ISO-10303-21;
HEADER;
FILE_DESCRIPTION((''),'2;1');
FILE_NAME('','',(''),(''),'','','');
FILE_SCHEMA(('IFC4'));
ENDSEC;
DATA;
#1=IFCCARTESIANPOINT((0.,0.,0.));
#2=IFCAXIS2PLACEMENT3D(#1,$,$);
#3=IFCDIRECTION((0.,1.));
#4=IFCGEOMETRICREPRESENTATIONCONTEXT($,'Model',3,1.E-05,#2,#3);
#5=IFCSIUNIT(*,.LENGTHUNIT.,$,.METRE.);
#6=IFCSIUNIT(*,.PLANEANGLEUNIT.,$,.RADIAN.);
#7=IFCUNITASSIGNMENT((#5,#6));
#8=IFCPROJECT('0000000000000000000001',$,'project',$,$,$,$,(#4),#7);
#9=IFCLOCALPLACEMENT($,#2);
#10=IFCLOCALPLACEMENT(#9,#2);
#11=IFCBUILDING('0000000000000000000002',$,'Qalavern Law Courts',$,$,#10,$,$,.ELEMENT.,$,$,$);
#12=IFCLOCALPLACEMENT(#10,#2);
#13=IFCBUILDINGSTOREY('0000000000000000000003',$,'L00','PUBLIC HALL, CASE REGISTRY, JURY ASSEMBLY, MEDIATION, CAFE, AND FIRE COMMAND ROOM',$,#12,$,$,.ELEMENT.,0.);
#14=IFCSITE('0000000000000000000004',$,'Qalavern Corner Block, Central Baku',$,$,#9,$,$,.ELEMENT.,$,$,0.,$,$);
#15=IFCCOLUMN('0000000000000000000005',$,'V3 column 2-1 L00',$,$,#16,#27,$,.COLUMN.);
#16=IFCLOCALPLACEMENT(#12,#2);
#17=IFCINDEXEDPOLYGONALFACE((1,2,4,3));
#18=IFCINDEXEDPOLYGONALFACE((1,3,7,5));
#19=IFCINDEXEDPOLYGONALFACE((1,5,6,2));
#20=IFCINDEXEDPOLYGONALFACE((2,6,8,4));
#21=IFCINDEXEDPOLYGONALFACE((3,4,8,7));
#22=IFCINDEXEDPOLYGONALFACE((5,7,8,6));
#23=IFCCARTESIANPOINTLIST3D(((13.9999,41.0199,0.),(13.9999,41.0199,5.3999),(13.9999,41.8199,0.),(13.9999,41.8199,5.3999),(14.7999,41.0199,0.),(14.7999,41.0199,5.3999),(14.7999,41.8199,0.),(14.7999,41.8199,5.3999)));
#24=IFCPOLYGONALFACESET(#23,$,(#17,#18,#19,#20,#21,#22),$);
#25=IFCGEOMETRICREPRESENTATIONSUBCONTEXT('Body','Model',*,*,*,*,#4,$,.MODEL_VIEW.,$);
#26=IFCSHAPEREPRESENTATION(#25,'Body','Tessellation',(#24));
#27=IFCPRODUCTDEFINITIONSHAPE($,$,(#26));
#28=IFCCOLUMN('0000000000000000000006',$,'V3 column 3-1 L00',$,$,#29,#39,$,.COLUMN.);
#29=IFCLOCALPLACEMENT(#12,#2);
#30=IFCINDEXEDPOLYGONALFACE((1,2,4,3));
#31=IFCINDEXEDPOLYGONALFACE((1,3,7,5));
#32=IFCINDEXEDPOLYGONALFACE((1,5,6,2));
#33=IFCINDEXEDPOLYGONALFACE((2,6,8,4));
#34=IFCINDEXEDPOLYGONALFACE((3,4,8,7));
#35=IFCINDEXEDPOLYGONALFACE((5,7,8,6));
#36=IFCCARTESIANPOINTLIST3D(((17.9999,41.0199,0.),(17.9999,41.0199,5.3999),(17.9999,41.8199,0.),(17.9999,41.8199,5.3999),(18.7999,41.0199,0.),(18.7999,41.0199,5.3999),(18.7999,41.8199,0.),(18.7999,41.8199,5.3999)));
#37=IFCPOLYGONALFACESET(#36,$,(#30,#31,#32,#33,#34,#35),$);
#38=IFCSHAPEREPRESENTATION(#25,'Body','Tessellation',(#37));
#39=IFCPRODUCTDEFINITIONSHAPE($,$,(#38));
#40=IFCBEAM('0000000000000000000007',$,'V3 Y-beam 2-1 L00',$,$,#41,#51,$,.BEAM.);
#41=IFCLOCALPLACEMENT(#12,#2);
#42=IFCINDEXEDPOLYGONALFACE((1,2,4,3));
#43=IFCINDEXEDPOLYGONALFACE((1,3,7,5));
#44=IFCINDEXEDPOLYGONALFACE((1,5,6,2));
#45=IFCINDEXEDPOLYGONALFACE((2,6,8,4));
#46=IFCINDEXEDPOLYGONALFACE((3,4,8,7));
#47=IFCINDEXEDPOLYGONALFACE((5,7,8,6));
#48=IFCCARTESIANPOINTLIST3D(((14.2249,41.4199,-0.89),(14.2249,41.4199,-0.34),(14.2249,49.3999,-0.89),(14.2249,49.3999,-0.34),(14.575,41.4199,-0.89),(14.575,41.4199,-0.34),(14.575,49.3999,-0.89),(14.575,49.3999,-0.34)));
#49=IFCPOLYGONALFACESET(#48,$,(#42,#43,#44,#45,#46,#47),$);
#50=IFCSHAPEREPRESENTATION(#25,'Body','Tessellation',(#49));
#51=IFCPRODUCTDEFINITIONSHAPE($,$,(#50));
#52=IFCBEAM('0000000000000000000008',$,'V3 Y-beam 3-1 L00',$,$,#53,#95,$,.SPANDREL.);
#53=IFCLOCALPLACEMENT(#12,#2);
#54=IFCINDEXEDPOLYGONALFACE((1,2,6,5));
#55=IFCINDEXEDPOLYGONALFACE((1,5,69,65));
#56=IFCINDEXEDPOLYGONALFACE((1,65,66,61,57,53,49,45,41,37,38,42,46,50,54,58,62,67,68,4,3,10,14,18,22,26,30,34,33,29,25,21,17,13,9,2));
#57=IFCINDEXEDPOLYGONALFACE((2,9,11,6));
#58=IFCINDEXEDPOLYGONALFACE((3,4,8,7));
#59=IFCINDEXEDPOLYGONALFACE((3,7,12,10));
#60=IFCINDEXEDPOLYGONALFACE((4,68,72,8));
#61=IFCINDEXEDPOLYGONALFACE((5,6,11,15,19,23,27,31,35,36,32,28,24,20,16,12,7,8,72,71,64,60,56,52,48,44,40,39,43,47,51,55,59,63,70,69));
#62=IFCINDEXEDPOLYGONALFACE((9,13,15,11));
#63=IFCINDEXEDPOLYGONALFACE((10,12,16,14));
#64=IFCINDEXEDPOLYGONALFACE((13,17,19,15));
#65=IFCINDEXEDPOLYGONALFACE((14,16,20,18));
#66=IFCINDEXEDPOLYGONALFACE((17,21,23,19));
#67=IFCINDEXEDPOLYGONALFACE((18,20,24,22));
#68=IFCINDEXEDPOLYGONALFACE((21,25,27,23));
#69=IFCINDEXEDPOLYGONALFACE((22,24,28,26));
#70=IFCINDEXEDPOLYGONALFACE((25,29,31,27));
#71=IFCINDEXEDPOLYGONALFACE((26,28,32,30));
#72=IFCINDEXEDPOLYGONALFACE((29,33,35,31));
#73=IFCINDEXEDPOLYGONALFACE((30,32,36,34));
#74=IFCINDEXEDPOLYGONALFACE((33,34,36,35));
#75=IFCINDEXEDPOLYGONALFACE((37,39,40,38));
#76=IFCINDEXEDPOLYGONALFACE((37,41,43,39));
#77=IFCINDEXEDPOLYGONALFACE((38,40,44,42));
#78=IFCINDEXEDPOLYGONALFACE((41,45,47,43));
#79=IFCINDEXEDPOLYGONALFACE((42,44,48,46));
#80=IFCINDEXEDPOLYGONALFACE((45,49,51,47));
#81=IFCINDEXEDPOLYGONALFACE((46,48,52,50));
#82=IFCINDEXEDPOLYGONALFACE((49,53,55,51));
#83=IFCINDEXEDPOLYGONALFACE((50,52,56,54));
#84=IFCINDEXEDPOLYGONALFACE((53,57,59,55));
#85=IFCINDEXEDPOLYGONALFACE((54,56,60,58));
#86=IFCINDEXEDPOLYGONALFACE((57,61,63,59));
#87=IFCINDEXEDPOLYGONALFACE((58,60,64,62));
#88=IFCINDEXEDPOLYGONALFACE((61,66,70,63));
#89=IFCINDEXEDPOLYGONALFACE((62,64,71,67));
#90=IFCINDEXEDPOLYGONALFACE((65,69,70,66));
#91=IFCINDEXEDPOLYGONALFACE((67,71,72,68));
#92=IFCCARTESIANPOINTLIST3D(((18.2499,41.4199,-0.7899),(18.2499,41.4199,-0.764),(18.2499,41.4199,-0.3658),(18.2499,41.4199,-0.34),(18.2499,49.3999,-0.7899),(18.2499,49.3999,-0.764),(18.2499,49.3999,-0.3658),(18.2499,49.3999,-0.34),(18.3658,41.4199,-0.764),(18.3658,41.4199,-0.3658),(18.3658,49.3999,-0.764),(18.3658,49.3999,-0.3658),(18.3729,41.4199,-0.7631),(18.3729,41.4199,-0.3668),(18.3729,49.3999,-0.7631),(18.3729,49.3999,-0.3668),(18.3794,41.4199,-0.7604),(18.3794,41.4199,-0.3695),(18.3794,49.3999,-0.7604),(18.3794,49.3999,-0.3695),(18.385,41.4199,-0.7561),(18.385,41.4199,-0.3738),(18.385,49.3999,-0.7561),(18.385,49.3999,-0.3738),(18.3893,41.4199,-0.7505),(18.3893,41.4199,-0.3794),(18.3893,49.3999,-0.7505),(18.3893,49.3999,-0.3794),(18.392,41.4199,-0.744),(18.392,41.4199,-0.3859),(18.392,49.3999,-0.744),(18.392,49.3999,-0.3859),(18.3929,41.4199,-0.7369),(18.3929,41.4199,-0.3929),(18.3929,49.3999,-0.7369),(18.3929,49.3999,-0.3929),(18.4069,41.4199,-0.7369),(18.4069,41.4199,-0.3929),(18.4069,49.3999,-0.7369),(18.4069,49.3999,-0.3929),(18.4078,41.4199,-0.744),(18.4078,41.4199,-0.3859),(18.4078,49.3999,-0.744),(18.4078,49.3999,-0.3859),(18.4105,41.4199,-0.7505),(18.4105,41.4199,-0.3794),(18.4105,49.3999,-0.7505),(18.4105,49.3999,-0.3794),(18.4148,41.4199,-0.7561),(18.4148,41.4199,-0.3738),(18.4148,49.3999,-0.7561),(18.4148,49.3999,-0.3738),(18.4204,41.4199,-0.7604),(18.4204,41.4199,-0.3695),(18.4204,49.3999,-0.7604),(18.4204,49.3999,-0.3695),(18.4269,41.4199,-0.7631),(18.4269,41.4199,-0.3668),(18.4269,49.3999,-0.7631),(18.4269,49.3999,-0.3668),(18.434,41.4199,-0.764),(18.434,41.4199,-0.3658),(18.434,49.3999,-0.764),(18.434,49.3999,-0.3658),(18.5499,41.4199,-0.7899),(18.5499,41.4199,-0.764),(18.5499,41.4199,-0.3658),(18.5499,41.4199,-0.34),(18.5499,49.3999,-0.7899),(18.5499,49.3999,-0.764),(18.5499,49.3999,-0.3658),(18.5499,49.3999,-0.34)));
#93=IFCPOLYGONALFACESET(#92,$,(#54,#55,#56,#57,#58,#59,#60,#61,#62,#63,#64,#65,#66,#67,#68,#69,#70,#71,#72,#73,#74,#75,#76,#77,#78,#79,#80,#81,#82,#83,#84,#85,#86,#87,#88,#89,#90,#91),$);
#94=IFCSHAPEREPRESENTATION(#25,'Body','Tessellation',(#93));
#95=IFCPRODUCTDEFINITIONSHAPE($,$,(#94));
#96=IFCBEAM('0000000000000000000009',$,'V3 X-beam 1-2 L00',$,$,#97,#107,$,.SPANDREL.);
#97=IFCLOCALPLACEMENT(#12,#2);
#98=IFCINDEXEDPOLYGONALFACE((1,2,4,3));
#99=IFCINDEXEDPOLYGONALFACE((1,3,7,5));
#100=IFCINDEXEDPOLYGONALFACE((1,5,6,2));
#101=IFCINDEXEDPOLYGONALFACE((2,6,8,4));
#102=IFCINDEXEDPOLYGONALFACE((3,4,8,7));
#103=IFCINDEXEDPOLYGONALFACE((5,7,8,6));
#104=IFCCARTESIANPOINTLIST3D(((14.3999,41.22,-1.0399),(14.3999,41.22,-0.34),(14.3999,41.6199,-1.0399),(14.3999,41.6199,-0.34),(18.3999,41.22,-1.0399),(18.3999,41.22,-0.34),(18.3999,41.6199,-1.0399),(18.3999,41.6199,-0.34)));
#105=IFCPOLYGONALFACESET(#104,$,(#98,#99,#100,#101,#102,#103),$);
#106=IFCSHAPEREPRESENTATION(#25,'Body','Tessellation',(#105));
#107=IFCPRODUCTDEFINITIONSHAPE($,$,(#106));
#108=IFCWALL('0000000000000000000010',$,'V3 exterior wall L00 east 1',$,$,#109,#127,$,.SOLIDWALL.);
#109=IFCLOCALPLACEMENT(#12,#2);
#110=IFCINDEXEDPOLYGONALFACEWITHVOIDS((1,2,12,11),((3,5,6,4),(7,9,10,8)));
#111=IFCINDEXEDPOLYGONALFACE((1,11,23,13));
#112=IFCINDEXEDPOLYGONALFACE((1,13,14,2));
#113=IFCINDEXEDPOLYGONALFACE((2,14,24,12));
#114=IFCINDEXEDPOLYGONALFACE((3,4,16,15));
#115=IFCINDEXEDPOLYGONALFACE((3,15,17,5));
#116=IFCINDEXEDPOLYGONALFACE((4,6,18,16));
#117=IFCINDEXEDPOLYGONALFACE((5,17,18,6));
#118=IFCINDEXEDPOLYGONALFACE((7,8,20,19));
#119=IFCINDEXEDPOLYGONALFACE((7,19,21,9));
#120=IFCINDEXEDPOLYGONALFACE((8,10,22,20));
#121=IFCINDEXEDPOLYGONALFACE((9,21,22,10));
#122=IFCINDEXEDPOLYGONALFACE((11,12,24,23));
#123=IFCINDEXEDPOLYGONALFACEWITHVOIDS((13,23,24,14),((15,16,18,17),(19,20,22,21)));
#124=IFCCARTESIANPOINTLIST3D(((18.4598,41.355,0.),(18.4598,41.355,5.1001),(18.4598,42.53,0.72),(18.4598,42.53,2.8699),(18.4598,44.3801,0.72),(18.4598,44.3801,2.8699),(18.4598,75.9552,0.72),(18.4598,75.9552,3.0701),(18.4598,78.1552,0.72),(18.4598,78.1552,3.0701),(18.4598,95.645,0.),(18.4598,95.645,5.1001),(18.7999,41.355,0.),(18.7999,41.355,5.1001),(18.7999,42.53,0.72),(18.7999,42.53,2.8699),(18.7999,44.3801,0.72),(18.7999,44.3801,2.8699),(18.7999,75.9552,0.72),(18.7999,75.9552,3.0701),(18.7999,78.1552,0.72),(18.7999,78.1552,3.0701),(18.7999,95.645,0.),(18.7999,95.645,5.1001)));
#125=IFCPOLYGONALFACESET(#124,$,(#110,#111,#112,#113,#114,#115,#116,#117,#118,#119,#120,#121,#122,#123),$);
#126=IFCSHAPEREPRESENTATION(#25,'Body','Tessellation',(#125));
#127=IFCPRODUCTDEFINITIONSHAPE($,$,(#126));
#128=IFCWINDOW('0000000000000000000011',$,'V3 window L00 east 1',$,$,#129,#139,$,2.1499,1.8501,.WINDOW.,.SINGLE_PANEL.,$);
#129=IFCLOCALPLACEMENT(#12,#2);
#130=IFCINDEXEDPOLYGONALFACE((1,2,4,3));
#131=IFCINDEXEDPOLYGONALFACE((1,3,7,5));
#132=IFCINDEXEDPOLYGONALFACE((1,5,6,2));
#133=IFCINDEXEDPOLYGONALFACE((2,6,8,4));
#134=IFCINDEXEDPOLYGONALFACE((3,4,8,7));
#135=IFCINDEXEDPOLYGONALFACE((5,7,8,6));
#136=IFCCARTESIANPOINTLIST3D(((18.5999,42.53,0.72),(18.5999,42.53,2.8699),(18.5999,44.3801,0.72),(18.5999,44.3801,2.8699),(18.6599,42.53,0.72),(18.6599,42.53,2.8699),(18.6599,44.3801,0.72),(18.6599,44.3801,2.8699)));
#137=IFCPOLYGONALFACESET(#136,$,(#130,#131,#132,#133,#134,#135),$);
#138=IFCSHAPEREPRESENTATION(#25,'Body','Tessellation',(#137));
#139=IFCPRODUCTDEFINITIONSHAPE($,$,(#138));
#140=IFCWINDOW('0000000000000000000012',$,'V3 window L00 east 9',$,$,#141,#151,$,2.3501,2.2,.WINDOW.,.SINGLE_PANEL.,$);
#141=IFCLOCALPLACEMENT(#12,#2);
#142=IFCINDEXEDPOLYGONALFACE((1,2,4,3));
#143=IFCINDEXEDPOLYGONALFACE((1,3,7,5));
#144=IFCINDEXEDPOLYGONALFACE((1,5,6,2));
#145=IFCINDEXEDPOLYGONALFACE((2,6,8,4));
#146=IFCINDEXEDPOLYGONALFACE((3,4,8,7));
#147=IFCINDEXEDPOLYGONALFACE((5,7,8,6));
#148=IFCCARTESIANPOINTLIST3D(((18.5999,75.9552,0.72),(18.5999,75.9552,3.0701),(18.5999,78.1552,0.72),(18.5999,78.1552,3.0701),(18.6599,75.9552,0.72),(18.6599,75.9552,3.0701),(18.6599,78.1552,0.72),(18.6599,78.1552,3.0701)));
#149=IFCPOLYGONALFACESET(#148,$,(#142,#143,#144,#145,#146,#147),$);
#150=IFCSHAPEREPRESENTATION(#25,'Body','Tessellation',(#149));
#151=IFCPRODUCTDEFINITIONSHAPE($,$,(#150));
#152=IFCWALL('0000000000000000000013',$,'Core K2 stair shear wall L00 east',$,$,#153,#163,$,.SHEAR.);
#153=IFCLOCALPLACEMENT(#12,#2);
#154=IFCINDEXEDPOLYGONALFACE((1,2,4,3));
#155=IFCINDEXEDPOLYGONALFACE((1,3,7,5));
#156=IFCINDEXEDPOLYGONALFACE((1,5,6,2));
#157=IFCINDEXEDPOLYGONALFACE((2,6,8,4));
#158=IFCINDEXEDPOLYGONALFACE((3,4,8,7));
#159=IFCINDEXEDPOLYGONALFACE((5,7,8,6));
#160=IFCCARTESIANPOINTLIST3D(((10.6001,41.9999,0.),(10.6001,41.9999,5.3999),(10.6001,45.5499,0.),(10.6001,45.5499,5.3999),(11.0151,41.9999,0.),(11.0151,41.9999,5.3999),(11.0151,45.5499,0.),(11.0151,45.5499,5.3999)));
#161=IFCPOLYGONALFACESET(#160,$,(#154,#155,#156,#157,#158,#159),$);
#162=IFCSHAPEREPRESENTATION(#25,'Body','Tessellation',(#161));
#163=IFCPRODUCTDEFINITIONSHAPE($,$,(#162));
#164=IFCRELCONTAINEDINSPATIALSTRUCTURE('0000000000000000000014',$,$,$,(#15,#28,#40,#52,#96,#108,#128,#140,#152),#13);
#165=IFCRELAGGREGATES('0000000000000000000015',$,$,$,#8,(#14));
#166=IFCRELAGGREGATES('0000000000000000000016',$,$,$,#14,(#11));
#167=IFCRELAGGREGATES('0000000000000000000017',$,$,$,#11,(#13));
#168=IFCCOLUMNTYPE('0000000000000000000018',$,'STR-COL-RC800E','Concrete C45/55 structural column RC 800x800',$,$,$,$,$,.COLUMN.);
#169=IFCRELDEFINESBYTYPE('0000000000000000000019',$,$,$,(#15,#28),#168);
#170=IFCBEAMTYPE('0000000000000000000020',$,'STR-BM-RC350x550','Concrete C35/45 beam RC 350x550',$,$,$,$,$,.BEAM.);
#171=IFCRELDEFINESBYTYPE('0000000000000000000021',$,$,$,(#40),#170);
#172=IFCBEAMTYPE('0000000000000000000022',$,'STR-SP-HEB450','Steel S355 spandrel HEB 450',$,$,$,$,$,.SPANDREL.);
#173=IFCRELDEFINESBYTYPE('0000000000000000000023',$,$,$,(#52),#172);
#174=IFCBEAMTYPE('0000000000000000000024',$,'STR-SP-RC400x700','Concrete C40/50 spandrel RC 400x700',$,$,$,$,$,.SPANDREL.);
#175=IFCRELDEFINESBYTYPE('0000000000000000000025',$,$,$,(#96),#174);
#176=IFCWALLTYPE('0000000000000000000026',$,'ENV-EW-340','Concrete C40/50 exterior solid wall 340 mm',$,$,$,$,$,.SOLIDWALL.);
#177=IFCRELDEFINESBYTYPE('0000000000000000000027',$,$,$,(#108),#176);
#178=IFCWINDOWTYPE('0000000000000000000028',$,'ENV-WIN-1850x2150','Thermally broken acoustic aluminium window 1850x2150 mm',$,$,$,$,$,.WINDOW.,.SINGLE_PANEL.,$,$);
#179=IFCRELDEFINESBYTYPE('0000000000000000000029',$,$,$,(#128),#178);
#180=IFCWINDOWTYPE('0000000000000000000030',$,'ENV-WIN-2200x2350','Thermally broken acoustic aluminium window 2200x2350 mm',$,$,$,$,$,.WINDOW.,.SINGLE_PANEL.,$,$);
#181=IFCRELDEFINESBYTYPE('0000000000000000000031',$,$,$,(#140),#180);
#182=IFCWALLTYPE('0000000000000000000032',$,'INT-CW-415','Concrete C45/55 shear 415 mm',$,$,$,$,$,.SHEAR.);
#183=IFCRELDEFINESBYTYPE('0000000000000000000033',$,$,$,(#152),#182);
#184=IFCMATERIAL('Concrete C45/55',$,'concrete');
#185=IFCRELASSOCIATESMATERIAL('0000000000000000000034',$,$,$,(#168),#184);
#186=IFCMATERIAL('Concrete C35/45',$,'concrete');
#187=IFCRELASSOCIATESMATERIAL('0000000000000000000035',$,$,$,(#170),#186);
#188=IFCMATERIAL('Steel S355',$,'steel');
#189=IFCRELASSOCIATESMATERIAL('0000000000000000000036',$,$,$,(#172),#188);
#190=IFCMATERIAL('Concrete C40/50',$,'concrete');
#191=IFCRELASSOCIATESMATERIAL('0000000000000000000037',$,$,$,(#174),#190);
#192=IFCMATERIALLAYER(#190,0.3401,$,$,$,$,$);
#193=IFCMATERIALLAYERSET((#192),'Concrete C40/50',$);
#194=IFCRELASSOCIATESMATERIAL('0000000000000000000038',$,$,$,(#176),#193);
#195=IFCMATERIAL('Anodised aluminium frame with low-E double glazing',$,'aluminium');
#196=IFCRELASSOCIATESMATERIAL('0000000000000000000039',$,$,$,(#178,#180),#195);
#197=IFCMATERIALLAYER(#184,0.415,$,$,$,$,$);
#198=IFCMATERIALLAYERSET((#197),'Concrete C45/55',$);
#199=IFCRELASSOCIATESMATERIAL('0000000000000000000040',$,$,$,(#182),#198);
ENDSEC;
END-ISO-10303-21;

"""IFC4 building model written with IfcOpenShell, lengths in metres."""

from ifc_helpers import new_model, si_unit, direction, frame, frame_2d, origin, origin_2d, place, context, subcontext, project, spatial, rectangle, i_section, extrude, material, layer, layer_set, material_profile, profile_set, type_object, element, fill, save


model = new_model("IFC4")

# Units and contexts
model_context = context("Model", 3, precision=1e-05, world=origin(), true_north=direction((0.0, 1.0)))
body_context = subcontext(model_context, "Body", "Model", "MODEL_VIEW")
ifc_project = project(units=[si_unit("LENGTHUNIT", "METRE"), si_unit("PLANEANGLEUNIT", "RADIAN")], contexts=[model_context])

# Site, building, storey
site_placement = place(None, origin())
site = spatial("IfcSite", under=ifc_project, at=site_placement, Name="Qalavern Corner Block, Central Baku", CompositionType="ELEMENT", RefElevation=0.0)
building_placement = place(site_placement, origin())
building = spatial("IfcBuilding", under=site, at=building_placement, Name="Qalavern Law Courts", CompositionType="ELEMENT")
storey_placement = place(building_placement, origin())
storey = spatial("IfcBuildingStorey", under=building, at=storey_placement, Name="L00", Description="PUBLIC HALL, CASE REGISTRY, JURY ASSEMBLY, MEDIATION, CAFE, AND FIRE COMMAND ROOM", CompositionType="ELEMENT", Elevation=0.0)

# Columns
ifc_material_1 = material(Name="Concrete C45/55", Category="concrete")
ifc_material_profile_1 = material_profile(ifc_material_1, rectangle(XDim=0.8, YDim=0.8, at=origin_2d()), Name="RC 800x800")
ifc_profile_set_1 = profile_set([ifc_material_profile_1], Name="Concrete C45/55")
column_type = type_object("IfcColumnType", Name="STR-COL-RC800E", Description="Concrete C45/55 structural column RC 800x800", PredefinedType="COLUMN", material=ifc_profile_set_1)
for number, where, z_axis, x_axis, name in (
    (1, (14.3999, 41.4199, 0.0), (0.0, 0.0, 1.0), (1.0, 0.0, 0.0), "V3 column 2-1 L00"),
    (2, (18.3999, 41.4199, 0.0), (0.0, 0.0, 1.0), (1.0, 0.0, 0.0), "V3 column 3-1 L00"),
):
    element("IfcColumn", number, at=place(storey_placement, frame(where, z_axis=z_axis, x_axis=x_axis)), inside=storey, type_object=column_type, Name=name, PredefinedType="COLUMN", context=body_context, shape_type="SweptSolid", body=[
        extrude(rectangle(XDim=0.8, YDim=0.8, at=origin_2d()), origin(), (0.0, 0.0, 1.0), 5.3999),
    ])

# Beams
ifc_material_2 = material(Name="Concrete C35/45", Category="concrete")
ifc_material_profile_2 = material_profile(ifc_material_2, rectangle(XDim=0.3501, YDim=0.55, at=origin_2d()), Name="RC 350x550")
ifc_profile_set_2 = profile_set([ifc_material_profile_2], Name="Concrete C35/45")
beam_type_1 = type_object("IfcBeamType", Name="STR-BM-RC350x550", Description="Concrete C35/45 beam RC 350x550", PredefinedType="BEAM", material=ifc_profile_set_2)
beam_1_placement = place(storey_placement, frame((14.3999, 41.4199, -0.615), z_axis=(0.0, 1.0, 0.0), x_axis=(-1.0, 0.0, 0.0)))
element("IfcBeam", 3, at=beam_1_placement, inside=storey, type_object=beam_type_1, Name="V3 Y-beam 2-1 L00", PredefinedType="BEAM", context=body_context, shape_type="SweptSolid", body=[
    extrude(rectangle(XDim=0.3501, YDim=0.55, at=origin_2d()), origin(), (0.0, 0.0, 1.0), 7.98),
])
ifc_material_3 = material(Name="Steel S355", Category="steel")
ifc_material_profile_3 = material_profile(ifc_material_3, i_section(OverallWidth=0.3, OverallDepth=0.45, WebThickness=0.0139, FlangeThickness=0.0259, FilletRadius=0.0271, at=origin_2d()), Name="HEB 450")
ifc_profile_set_3 = profile_set([ifc_material_profile_3], Name="Steel S355")
beam_type_2 = type_object("IfcBeamType", Name="STR-SP-HEB450", Description="Steel S355 spandrel HEB 450", PredefinedType="SPANDREL", material=ifc_profile_set_3)
beam_2_placement = place(storey_placement, frame((18.3999, 41.4199, -0.5649), z_axis=(0.0, 1.0, 0.0), x_axis=(-1.0, 0.0, 0.0)))
element("IfcBeam", 4, at=beam_2_placement, inside=storey, type_object=beam_type_2, Name="V3 Y-beam 3-1 L00", PredefinedType="SPANDREL", context=body_context, shape_type="SweptSolid", body=[
    extrude(i_section(OverallWidth=0.3, OverallDepth=0.45, WebThickness=0.0139, FlangeThickness=0.0259, FilletRadius=0.0271, at=origin_2d()), origin(), (0.0, 0.0, 1.0), 7.98),
])
ifc_material_4 = material(Name="Concrete C40/50", Category="concrete")
ifc_material_profile_4 = material_profile(ifc_material_4, rectangle(XDim=0.3999, YDim=0.7, at=origin_2d()), Name="RC 400x700")
ifc_profile_set_4 = profile_set([ifc_material_profile_4], Name="Concrete C40/50")
beam_type_3 = type_object("IfcBeamType", Name="STR-SP-RC400x700", Description="Concrete C40/50 spandrel RC 400x700", PredefinedType="SPANDREL", material=ifc_profile_set_4)
beam_3_placement = place(storey_placement, frame((14.3999, 41.4199, -0.6899), z_axis=(1.0, 0.0, 0.0), x_axis=(0.0, 1.0, 0.0)))
element("IfcBeam", 5, at=beam_3_placement, inside=storey, type_object=beam_type_3, Name="V3 X-beam 1-2 L00", PredefinedType="SPANDREL", context=body_context, shape_type="SweptSolid", body=[
    extrude(rectangle(XDim=0.3999, YDim=0.7, at=origin_2d()), origin(), (0.0, 0.0, 1.0), 4.0),
])

# Wall, openings, windows
ifc_layer_1 = layer(ifc_material_4, 0.3401)
ifc_layer_set_1 = layer_set([ifc_layer_1], Name="Concrete C40/50")
wall_type_1 = type_object("IfcWallType", Name="ENV-EW-340", Description="Concrete C40/50 exterior solid wall 340 mm", PredefinedType="SOLIDWALL", material=ifc_layer_set_1)
wall_1_placement = place(storey_placement, frame((18.6299, 41.355, 0.0), z_axis=(0.0, 0.0, 1.0), x_axis=(0.0, 1.0, 0.0)))
wall_1 = element("IfcWall", 6, at=wall_1_placement, inside=storey, type_object=wall_type_1, Name="V3 exterior wall L00 east 1", PredefinedType="SOLIDWALL", context=body_context, shape_type="SweptSolid", body=[
    extrude(rectangle(XDim=54.29, YDim=0.3401, at=frame_2d((27.145, 0.0))), origin(), (0.0, 0.0, 1.0), 5.1001),
])
opening_1_placement = place(wall_1_placement, frame((1.175, 0.0, 0.72)))
opening_1 = element("IfcOpeningElement", 7, at=opening_1_placement, cuts=wall_1, PredefinedType="OPENING", context=body_context, shape_type="SweptSolid", body=[
    extrude(rectangle(XDim=1.8501, YDim=2.1499, at=frame_2d((0.925, 1.075))), frame((0.0, 0.1851, 0.0), z_axis=(0.0, -1.0, 0.0), x_axis=(1.0, 0.0, 0.0)), (0.0, 0.0, 1.0), 0.3699),
])
opening_2_placement = place(wall_1_placement, frame((34.6001, 0.0, 0.72)))
opening_2 = element("IfcOpeningElement", 8, at=opening_2_placement, cuts=wall_1, PredefinedType="OPENING", context=body_context, shape_type="SweptSolid", body=[
    extrude(rectangle(XDim=2.2, YDim=2.3501, at=frame_2d((1.1001, 1.175))), frame((0.0, 0.1851, 0.0), z_axis=(0.0, -1.0, 0.0), x_axis=(1.0, 0.0, 0.0)), (0.0, 0.0, 1.0), 0.3699),
])
ifc_material_5 = material(Name="Anodised aluminium frame with low-E double glazing", Category="aluminium")
window_type_1 = type_object("IfcWindowType", Name="ENV-WIN-1850x2150", Description="Thermally broken acoustic aluminium window 1850x2150 mm", PartitioningType="SINGLE_PANEL", PredefinedType="WINDOW", material=ifc_material_5)
window_1_placement = place(opening_1_placement, origin())
window_1 = element("IfcWindow", 9, at=window_1_placement, inside=storey, type_object=window_type_1, Name="V3 window L00 east 1", OverallHeight=2.1499, OverallWidth=1.8501, PartitioningType="SINGLE_PANEL", PredefinedType="WINDOW", context=body_context, shape_type="SweptSolid", body=[
    extrude(rectangle(XDim=1.8501, YDim=2.1499, at=frame_2d((0.925, 1.075))), frame((0.0, 0.03, 0.0), z_axis=(0.0, -1.0, 0.0), x_axis=(1.0, 0.0, 0.0)), (0.0, 0.0, 1.0), 0.0601),
])
fill(opening_1, window_1)
window_type_2 = type_object("IfcWindowType", Name="ENV-WIN-2200x2350", Description="Thermally broken acoustic aluminium window 2200x2350 mm", PartitioningType="SINGLE_PANEL", PredefinedType="WINDOW", material=ifc_material_5)
window_2_placement = place(opening_2_placement, origin())
window_2 = element("IfcWindow", 10, at=window_2_placement, inside=storey, type_object=window_type_2, Name="V3 window L00 east 9", OverallHeight=2.3501, OverallWidth=2.2, PartitioningType="SINGLE_PANEL", PredefinedType="WINDOW", context=body_context, shape_type="SweptSolid", body=[
    extrude(rectangle(XDim=2.2, YDim=2.3501, at=frame_2d((1.1001, 1.175))), frame((0.0, 0.03, 0.0), z_axis=(0.0, -1.0, 0.0), x_axis=(1.0, 0.0, 0.0)), (0.0, 0.0, 1.0), 0.0601),
])
fill(opening_2, window_2)

# Wall
ifc_layer_2 = layer(ifc_material_1, 0.415)
ifc_layer_set_2 = layer_set([ifc_layer_2], Name="Concrete C45/55")
wall_type_2 = type_object("IfcWallType", Name="INT-CW-415", Description="Concrete C45/55 shear 415 mm", PredefinedType="SHEAR", material=ifc_layer_set_2)
wall_2_placement = place(storey_placement, frame((10.8076, 42.0, 0.0), z_axis=(0.0, 0.0, 1.0), x_axis=(0.0, 1.0, 0.0)))
element("IfcWall", 11, at=wall_2_placement, inside=storey, type_object=wall_type_2, Name="Core K2 stair shear wall L00 east", PredefinedType="SHEAR", context=body_context, shape_type="SweptSolid", body=[
    extrude(rectangle(XDim=3.55, YDim=0.415, at=frame_2d((1.7749, 0.0))), origin(), (0.0, 0.0, 1.0), 5.3999),
])

save(model, "model.ifc")
